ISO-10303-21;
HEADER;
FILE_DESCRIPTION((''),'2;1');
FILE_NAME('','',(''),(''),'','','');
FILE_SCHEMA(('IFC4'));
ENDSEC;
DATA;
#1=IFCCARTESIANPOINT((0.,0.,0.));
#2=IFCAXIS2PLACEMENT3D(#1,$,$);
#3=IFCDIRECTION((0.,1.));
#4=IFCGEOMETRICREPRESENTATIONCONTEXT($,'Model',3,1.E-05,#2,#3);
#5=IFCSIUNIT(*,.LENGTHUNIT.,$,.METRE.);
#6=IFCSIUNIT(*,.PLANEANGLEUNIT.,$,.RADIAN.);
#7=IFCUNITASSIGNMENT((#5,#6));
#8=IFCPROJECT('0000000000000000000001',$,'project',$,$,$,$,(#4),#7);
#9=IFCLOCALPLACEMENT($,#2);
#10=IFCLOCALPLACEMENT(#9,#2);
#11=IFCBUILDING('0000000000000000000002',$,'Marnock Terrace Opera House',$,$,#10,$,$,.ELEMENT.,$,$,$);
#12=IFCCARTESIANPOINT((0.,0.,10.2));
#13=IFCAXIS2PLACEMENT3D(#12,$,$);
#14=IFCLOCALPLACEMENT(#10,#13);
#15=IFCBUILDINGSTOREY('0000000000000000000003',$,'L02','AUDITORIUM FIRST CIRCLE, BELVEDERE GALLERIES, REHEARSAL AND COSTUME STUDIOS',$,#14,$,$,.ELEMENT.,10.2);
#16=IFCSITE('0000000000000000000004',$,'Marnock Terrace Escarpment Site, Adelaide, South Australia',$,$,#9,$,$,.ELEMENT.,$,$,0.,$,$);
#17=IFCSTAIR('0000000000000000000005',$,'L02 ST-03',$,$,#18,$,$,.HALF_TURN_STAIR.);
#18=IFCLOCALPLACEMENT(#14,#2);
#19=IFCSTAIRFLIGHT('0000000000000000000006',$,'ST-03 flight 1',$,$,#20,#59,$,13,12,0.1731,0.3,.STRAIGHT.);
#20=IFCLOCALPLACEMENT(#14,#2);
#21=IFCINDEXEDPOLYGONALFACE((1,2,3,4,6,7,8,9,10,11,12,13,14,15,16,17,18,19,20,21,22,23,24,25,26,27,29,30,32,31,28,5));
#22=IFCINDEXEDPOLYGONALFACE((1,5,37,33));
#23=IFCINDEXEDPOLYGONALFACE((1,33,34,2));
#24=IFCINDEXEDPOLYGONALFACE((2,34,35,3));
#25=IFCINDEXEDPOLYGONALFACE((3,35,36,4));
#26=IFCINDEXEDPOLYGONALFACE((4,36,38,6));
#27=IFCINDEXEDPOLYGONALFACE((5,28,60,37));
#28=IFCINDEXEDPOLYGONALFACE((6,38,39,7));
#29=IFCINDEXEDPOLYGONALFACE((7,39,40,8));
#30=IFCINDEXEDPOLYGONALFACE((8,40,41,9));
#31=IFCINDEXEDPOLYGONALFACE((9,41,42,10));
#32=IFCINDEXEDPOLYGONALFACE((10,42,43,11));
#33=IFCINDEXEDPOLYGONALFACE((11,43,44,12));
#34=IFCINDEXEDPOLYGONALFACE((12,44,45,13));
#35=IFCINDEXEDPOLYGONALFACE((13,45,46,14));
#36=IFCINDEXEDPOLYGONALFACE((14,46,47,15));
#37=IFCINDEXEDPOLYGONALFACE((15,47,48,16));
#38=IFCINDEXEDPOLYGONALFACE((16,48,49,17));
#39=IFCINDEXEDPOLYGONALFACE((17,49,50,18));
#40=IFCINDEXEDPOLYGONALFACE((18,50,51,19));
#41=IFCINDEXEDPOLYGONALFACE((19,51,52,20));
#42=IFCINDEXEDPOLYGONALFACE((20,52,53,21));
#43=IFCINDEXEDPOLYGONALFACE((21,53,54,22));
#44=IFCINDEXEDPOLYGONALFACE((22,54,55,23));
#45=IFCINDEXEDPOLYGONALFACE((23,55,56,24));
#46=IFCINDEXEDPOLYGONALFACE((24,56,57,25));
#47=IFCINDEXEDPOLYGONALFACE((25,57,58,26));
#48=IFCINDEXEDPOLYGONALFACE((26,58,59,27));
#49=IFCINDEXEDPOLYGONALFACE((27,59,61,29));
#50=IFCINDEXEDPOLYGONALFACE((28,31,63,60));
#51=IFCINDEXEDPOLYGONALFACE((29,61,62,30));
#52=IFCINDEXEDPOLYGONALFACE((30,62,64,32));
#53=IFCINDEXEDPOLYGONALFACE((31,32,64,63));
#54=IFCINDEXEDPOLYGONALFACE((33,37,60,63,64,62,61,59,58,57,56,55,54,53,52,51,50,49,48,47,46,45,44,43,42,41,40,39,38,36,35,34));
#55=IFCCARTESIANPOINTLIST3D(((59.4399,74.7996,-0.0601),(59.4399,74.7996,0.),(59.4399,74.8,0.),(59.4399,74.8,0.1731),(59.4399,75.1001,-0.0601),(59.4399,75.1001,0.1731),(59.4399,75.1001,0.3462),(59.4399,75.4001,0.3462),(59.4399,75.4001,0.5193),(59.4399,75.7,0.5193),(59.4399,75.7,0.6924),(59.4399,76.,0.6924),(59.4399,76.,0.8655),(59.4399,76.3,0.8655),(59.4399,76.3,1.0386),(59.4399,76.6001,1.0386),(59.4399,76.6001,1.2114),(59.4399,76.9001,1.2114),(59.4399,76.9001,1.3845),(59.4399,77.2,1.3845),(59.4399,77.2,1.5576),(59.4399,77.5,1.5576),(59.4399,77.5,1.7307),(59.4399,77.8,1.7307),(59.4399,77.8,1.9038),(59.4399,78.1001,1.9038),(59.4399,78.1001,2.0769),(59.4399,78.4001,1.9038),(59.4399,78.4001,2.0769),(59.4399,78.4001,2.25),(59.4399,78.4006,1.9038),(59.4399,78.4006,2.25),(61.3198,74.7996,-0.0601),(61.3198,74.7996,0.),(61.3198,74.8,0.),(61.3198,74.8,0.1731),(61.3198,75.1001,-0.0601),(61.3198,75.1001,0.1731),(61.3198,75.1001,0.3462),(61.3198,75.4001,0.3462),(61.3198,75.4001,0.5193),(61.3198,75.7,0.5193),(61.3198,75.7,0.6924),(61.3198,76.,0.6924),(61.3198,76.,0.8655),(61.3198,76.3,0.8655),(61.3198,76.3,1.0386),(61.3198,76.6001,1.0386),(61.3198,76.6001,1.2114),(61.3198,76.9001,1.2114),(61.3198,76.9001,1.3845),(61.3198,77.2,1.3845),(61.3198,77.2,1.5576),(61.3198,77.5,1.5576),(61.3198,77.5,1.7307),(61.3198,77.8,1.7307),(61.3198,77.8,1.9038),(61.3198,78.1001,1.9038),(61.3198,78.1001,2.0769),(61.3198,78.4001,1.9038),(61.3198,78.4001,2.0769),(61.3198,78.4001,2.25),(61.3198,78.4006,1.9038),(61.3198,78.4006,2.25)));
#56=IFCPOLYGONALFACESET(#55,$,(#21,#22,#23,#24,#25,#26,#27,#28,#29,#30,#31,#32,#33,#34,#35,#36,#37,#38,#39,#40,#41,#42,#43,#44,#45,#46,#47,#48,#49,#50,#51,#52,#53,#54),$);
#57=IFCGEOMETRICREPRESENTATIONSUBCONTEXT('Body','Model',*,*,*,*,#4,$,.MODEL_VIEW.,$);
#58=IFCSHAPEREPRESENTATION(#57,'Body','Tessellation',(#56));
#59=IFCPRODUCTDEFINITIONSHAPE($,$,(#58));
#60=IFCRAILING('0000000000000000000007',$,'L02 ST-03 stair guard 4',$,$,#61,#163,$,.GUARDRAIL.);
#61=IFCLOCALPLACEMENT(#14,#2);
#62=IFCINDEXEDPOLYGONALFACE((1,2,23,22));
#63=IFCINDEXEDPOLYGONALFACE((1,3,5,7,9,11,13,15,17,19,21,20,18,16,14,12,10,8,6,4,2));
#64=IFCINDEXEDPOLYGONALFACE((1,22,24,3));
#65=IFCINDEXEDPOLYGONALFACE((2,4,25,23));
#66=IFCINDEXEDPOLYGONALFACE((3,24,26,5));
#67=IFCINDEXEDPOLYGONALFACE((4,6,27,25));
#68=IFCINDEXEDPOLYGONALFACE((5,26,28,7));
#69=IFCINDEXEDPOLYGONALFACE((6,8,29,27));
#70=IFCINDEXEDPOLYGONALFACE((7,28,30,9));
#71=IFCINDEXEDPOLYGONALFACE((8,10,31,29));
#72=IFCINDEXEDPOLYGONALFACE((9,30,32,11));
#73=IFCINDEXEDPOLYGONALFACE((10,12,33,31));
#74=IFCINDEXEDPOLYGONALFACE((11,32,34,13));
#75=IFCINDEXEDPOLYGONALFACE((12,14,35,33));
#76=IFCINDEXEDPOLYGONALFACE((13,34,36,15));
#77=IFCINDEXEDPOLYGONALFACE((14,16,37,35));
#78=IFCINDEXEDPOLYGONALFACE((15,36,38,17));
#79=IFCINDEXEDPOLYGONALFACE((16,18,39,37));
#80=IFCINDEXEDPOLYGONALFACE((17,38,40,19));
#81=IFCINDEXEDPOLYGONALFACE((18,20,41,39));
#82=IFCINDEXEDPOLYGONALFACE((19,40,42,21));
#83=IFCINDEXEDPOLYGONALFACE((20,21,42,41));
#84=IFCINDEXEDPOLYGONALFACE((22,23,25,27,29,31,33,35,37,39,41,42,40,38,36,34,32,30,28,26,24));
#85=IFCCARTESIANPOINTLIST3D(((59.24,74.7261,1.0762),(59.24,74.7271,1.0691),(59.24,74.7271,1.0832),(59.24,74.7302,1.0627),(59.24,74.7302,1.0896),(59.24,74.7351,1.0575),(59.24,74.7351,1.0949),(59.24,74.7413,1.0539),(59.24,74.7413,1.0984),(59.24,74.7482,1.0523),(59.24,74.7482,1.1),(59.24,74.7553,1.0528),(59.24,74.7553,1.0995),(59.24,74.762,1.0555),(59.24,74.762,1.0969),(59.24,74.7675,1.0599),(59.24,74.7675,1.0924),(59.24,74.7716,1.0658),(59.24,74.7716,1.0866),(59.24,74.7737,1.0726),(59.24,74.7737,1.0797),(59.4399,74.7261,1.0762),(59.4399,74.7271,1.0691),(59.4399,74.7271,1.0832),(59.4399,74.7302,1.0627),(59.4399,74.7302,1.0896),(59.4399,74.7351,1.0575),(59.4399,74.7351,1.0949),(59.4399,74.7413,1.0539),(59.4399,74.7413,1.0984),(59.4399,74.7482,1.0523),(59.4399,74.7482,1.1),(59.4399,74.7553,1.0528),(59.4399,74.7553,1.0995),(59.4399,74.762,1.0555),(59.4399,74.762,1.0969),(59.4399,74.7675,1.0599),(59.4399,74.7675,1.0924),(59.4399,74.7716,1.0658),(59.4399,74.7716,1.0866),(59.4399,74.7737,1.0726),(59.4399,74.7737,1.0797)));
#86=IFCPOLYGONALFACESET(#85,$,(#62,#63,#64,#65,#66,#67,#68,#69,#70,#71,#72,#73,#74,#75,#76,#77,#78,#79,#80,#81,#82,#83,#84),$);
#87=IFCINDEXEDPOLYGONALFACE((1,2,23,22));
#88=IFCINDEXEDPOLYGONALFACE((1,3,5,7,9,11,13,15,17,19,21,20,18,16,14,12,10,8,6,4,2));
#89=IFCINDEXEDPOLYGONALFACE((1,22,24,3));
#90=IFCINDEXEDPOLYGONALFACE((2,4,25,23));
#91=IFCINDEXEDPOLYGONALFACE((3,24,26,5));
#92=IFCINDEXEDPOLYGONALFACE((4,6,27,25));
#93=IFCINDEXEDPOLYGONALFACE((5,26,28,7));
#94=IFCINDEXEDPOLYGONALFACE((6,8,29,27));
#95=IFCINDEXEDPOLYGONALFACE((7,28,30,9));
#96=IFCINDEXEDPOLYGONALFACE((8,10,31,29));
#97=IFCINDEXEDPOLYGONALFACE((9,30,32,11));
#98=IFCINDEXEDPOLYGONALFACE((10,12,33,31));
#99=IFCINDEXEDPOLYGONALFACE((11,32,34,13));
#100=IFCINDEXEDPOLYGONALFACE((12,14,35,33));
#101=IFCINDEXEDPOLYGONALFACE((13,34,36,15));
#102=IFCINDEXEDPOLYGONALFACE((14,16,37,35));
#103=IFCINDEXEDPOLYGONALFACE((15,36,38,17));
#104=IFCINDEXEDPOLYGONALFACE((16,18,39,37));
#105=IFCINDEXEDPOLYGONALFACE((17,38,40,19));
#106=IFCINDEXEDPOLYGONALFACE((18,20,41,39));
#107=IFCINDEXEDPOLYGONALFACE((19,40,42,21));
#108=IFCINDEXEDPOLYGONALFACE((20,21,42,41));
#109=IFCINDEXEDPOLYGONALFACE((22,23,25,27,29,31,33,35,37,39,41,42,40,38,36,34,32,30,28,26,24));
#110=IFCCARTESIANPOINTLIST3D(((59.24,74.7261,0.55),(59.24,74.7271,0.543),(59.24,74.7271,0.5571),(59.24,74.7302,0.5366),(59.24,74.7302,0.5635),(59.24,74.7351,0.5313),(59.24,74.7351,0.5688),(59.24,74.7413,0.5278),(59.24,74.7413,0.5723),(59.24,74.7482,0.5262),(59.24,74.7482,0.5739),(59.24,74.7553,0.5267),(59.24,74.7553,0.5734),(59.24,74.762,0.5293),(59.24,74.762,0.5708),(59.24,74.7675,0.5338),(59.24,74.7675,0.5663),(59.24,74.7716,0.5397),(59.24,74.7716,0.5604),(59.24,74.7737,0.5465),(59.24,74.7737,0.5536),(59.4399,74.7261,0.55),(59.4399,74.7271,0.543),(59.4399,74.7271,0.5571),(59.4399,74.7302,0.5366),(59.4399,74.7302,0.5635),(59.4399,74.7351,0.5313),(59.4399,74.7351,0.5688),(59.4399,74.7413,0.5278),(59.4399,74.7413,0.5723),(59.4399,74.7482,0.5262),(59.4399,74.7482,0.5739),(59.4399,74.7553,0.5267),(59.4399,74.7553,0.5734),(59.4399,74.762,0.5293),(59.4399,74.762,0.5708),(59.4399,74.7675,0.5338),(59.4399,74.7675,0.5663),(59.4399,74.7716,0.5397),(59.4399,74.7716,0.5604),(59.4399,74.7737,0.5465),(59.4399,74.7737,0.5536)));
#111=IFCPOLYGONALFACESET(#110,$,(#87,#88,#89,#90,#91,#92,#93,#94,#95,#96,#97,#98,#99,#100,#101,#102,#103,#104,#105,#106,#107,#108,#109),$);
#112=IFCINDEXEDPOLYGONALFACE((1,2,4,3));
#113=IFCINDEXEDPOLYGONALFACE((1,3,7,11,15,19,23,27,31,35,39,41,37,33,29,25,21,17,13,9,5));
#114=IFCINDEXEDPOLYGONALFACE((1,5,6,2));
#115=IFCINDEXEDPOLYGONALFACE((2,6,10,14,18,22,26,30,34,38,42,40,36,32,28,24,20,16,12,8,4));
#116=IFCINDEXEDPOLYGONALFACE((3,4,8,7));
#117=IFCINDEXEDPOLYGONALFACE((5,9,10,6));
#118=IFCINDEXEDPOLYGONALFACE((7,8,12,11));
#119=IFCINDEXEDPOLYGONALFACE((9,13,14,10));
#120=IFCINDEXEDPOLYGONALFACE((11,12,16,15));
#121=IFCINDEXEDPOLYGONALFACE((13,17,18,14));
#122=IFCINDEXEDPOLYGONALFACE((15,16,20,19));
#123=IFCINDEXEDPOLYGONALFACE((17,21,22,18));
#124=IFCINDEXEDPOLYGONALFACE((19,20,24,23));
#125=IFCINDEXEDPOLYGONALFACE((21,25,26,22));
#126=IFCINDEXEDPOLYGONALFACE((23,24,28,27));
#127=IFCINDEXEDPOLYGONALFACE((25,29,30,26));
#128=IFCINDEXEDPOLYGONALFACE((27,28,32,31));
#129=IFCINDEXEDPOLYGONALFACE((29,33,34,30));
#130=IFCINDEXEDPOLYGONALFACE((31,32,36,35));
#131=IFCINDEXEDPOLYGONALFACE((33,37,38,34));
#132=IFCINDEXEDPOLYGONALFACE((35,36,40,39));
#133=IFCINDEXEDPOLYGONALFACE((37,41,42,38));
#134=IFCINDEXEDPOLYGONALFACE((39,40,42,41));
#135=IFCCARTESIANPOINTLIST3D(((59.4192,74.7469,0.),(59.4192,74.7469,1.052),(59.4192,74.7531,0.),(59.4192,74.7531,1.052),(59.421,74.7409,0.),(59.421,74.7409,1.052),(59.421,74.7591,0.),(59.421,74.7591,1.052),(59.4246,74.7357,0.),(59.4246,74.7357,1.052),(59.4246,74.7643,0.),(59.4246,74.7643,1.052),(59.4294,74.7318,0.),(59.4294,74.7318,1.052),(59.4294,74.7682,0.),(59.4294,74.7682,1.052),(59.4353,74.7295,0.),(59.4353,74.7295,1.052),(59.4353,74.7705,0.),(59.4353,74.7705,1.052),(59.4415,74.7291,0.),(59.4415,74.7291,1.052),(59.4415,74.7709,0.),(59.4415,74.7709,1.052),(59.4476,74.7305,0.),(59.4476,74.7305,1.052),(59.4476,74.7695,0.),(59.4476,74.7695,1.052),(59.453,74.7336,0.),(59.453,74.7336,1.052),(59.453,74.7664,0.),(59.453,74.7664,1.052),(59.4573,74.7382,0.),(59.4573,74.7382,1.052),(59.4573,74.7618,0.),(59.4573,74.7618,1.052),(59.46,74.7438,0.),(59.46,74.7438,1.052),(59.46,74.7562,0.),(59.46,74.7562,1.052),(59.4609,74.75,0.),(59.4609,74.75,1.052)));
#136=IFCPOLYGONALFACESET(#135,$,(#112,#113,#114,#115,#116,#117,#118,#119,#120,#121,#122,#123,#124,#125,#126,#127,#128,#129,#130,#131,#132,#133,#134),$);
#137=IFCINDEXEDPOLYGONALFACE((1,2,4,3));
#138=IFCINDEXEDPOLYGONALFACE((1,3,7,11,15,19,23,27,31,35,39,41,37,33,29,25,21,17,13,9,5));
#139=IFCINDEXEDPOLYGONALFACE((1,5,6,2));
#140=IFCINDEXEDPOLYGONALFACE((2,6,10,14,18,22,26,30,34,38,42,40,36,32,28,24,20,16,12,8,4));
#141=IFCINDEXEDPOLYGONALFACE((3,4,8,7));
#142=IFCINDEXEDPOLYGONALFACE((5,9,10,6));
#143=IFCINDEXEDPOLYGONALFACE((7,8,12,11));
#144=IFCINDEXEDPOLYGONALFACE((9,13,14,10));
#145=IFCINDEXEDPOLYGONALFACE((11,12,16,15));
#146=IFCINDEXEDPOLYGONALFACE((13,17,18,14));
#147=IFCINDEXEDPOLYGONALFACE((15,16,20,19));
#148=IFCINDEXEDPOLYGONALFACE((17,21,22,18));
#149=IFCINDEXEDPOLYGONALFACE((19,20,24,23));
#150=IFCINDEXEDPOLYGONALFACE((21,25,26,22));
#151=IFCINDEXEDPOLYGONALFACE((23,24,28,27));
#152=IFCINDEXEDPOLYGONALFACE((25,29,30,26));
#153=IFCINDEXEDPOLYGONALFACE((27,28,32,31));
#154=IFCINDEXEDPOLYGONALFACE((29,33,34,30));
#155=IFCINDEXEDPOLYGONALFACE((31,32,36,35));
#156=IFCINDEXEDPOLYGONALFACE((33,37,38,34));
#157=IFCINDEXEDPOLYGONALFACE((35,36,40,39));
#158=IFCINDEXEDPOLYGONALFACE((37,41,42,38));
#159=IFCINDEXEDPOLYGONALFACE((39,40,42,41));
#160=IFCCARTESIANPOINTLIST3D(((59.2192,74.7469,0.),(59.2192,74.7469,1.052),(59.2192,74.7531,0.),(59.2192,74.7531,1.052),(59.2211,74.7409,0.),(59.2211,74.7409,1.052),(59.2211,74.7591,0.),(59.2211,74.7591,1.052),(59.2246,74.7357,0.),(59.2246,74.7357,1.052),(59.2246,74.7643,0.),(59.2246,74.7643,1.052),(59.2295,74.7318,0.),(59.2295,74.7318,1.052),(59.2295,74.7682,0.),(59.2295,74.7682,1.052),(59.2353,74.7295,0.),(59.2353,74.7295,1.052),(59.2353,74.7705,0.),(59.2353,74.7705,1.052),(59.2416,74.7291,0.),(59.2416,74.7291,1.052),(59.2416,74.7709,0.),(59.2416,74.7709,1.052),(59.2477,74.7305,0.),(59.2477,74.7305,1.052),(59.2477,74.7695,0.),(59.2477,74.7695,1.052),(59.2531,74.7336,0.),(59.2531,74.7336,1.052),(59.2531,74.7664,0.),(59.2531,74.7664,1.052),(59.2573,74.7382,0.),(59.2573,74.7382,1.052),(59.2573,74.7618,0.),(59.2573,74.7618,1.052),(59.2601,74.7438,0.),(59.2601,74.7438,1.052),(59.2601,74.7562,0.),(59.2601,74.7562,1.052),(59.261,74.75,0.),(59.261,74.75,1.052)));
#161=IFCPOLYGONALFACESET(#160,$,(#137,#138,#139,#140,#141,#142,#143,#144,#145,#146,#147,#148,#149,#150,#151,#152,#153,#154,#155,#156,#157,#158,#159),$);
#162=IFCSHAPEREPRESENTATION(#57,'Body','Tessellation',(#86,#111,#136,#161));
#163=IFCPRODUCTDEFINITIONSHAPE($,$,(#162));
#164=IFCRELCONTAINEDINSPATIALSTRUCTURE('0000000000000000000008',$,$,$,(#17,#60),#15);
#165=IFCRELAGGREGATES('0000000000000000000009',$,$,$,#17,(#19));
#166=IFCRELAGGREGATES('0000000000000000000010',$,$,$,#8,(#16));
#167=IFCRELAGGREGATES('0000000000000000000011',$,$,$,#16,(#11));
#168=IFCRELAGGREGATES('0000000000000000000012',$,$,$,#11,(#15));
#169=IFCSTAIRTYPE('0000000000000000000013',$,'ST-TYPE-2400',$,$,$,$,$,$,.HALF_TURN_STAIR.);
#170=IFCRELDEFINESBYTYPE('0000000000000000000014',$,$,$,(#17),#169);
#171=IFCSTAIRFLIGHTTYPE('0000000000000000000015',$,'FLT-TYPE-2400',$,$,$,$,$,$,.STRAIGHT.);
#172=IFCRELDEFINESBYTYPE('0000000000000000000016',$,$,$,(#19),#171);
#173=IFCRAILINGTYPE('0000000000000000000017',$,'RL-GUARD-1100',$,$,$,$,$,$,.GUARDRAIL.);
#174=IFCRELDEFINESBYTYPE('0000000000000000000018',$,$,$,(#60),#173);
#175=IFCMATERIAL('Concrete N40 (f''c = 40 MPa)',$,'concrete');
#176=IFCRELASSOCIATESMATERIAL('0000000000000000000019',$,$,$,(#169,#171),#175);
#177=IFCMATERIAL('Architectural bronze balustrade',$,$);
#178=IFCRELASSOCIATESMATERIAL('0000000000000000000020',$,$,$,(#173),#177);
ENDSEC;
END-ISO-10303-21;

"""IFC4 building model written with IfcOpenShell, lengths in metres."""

from ifc_helpers import new_model, si_unit, direction, frame, origin, origin_2d, place, context, subcontext, project, spatial, polyline, circle, outline, extrude, material, type_object, element, aggregate, save


model = new_model("IFC4")

# Units and contexts
model_context = context("Model", 3, precision=1e-05, world=origin(), true_north=direction((0.0, 1.0)))
body_context = subcontext(model_context, "Body", "Model", "MODEL_VIEW")
ifc_project = project(units=[si_unit("LENGTHUNIT", "METRE"), si_unit("PLANEANGLEUNIT", "RADIAN")], contexts=[model_context])

# Site, building, storey
site_placement = place(None, origin())
site = spatial("IfcSite", under=ifc_project, at=site_placement, Name="Marnock Terrace Escarpment Site, Adelaide, South Australia", CompositionType="ELEMENT", RefElevation=0.0)
building_placement = place(site_placement, origin())
building = spatial("IfcBuilding", under=site, at=building_placement, Name="Marnock Terrace Opera House", CompositionType="ELEMENT")
storey_placement = place(building_placement, frame((0.0, 0.0, 10.2)))
storey = spatial("IfcBuildingStorey", under=building, at=storey_placement, Name="L02", Description="AUDITORIUM FIRST CIRCLE, BELVEDERE GALLERIES, REHEARSAL AND COSTUME STUDIOS", CompositionType="ELEMENT", Elevation=10.2)

# Shared definitions
ifc_material_1 = material(Name="Concrete N40 (f'c = 40 MPa)", Category="concrete")

# Stair, stair flight
stair_type = type_object("IfcStairType", Name="ST-TYPE-2400", PredefinedType="HALF_TURN_STAIR", material=ifc_material_1)
stair_placement = place(storey_placement, origin())
stair = element("IfcStair", 1, at=stair_placement, inside=storey, type_object=stair_type, Name="L02 ST-03", PredefinedType="HALF_TURN_STAIR")
stair_flight_type = type_object("IfcStairFlightType", Name="FLT-TYPE-2400", PredefinedType="STRAIGHT", material=ifc_material_1)
stair_flight_placement = place(storey_placement, frame((60.3799, 74.8, 0.0), z_axis=(0.0, 0.0, 1.0), x_axis=(0.0, 1.0, 0.0)))
stair_flight = element("IfcStairFlight", 2, at=stair_flight_placement, type_object=stair_flight_type, Name="ST-03 flight 1", NumberOfRisers=13, NumberOfTreads=12, PredefinedType="STRAIGHT", RiserHeight=0.1731, TreadLength=0.3, context=body_context, shape_type="SweptSolid", body=[
    extrude(outline(polyline([(-0.0005, -0.0601), (-0.0005, 0.0), (0.0, 0.0), (0.0, 0.1731), (0.3, 0.1731), (0.3, 0.3462), (0.6001, 0.3462), (0.6001, 0.5193), (0.8999, 0.5193), (0.8999, 0.6924), (1.2, 0.6924), (1.2, 0.8655), (1.5, 0.8655), (1.5, 1.0386), (1.8, 1.0386), (1.8, 1.2114), (2.1001, 1.2114), (2.1001, 1.3845), (2.3999, 1.3845), (2.3999, 1.5576), (2.7, 1.5576), (2.7, 1.7307), (3.0, 1.7307), (3.0, 1.9038), (3.3, 1.9038), (3.3, 2.0769), (3.6001, 2.0769), (3.6001, 2.25), (3.6006, 2.25), (3.6006, 1.9038), (3.6001, 1.9038), (0.3, -0.0601), (-0.0005, -0.0601)])), frame((0.0, 0.9399, 0.0), z_axis=(0.0, -1.0, 0.0), x_axis=(1.0, 0.0, 0.0)), (0.0, 0.0, 1.0), 1.8799),
])
aggregate(stair, [stair_flight])

# Railing
ifc_material_2 = material(Name="Architectural bronze balustrade")
railing_type_1 = type_object("IfcRailingType", Name="RL-GUARD-1100", PredefinedType="GUARDRAIL", material=ifc_material_2)
railing_1_placement = place(storey_placement, frame((59.4399, 74.75, 0.0)))
element("IfcRailing", 3, at=railing_1_placement, inside=storey, type_object=railing_type_1, Name="L02 ST-03 stair guard 4", PredefinedType="GUARDRAIL", context=body_context, shape_type="SweptSolid", body=[
    extrude(circle(Radius=0.0239, at=origin_2d()), frame((0.0, 0.0, 1.0762), z_axis=(-1.0, 0.0, 0.0), x_axis=(0.0, -1.0, 0.0)), (0.0, 0.0, 1.0), 0.2),
    extrude(circle(Radius=0.0239, at=origin_2d()), frame((0.0, 0.0, 0.55), z_axis=(-1.0, 0.0, 0.0), x_axis=(0.0, -1.0, 0.0)), (0.0, 0.0, 1.0), 0.2),
    extrude(circle(Radius=0.021, at=origin_2d()), origin(), (0.0, 0.0, 1.0), 1.052),
    extrude(circle(Radius=0.021, at=origin_2d()), frame((-0.2, 0.0, 0.0)), (0.0, 0.0, 1.0), 1.052),
])

save(model, "model.ifc")
